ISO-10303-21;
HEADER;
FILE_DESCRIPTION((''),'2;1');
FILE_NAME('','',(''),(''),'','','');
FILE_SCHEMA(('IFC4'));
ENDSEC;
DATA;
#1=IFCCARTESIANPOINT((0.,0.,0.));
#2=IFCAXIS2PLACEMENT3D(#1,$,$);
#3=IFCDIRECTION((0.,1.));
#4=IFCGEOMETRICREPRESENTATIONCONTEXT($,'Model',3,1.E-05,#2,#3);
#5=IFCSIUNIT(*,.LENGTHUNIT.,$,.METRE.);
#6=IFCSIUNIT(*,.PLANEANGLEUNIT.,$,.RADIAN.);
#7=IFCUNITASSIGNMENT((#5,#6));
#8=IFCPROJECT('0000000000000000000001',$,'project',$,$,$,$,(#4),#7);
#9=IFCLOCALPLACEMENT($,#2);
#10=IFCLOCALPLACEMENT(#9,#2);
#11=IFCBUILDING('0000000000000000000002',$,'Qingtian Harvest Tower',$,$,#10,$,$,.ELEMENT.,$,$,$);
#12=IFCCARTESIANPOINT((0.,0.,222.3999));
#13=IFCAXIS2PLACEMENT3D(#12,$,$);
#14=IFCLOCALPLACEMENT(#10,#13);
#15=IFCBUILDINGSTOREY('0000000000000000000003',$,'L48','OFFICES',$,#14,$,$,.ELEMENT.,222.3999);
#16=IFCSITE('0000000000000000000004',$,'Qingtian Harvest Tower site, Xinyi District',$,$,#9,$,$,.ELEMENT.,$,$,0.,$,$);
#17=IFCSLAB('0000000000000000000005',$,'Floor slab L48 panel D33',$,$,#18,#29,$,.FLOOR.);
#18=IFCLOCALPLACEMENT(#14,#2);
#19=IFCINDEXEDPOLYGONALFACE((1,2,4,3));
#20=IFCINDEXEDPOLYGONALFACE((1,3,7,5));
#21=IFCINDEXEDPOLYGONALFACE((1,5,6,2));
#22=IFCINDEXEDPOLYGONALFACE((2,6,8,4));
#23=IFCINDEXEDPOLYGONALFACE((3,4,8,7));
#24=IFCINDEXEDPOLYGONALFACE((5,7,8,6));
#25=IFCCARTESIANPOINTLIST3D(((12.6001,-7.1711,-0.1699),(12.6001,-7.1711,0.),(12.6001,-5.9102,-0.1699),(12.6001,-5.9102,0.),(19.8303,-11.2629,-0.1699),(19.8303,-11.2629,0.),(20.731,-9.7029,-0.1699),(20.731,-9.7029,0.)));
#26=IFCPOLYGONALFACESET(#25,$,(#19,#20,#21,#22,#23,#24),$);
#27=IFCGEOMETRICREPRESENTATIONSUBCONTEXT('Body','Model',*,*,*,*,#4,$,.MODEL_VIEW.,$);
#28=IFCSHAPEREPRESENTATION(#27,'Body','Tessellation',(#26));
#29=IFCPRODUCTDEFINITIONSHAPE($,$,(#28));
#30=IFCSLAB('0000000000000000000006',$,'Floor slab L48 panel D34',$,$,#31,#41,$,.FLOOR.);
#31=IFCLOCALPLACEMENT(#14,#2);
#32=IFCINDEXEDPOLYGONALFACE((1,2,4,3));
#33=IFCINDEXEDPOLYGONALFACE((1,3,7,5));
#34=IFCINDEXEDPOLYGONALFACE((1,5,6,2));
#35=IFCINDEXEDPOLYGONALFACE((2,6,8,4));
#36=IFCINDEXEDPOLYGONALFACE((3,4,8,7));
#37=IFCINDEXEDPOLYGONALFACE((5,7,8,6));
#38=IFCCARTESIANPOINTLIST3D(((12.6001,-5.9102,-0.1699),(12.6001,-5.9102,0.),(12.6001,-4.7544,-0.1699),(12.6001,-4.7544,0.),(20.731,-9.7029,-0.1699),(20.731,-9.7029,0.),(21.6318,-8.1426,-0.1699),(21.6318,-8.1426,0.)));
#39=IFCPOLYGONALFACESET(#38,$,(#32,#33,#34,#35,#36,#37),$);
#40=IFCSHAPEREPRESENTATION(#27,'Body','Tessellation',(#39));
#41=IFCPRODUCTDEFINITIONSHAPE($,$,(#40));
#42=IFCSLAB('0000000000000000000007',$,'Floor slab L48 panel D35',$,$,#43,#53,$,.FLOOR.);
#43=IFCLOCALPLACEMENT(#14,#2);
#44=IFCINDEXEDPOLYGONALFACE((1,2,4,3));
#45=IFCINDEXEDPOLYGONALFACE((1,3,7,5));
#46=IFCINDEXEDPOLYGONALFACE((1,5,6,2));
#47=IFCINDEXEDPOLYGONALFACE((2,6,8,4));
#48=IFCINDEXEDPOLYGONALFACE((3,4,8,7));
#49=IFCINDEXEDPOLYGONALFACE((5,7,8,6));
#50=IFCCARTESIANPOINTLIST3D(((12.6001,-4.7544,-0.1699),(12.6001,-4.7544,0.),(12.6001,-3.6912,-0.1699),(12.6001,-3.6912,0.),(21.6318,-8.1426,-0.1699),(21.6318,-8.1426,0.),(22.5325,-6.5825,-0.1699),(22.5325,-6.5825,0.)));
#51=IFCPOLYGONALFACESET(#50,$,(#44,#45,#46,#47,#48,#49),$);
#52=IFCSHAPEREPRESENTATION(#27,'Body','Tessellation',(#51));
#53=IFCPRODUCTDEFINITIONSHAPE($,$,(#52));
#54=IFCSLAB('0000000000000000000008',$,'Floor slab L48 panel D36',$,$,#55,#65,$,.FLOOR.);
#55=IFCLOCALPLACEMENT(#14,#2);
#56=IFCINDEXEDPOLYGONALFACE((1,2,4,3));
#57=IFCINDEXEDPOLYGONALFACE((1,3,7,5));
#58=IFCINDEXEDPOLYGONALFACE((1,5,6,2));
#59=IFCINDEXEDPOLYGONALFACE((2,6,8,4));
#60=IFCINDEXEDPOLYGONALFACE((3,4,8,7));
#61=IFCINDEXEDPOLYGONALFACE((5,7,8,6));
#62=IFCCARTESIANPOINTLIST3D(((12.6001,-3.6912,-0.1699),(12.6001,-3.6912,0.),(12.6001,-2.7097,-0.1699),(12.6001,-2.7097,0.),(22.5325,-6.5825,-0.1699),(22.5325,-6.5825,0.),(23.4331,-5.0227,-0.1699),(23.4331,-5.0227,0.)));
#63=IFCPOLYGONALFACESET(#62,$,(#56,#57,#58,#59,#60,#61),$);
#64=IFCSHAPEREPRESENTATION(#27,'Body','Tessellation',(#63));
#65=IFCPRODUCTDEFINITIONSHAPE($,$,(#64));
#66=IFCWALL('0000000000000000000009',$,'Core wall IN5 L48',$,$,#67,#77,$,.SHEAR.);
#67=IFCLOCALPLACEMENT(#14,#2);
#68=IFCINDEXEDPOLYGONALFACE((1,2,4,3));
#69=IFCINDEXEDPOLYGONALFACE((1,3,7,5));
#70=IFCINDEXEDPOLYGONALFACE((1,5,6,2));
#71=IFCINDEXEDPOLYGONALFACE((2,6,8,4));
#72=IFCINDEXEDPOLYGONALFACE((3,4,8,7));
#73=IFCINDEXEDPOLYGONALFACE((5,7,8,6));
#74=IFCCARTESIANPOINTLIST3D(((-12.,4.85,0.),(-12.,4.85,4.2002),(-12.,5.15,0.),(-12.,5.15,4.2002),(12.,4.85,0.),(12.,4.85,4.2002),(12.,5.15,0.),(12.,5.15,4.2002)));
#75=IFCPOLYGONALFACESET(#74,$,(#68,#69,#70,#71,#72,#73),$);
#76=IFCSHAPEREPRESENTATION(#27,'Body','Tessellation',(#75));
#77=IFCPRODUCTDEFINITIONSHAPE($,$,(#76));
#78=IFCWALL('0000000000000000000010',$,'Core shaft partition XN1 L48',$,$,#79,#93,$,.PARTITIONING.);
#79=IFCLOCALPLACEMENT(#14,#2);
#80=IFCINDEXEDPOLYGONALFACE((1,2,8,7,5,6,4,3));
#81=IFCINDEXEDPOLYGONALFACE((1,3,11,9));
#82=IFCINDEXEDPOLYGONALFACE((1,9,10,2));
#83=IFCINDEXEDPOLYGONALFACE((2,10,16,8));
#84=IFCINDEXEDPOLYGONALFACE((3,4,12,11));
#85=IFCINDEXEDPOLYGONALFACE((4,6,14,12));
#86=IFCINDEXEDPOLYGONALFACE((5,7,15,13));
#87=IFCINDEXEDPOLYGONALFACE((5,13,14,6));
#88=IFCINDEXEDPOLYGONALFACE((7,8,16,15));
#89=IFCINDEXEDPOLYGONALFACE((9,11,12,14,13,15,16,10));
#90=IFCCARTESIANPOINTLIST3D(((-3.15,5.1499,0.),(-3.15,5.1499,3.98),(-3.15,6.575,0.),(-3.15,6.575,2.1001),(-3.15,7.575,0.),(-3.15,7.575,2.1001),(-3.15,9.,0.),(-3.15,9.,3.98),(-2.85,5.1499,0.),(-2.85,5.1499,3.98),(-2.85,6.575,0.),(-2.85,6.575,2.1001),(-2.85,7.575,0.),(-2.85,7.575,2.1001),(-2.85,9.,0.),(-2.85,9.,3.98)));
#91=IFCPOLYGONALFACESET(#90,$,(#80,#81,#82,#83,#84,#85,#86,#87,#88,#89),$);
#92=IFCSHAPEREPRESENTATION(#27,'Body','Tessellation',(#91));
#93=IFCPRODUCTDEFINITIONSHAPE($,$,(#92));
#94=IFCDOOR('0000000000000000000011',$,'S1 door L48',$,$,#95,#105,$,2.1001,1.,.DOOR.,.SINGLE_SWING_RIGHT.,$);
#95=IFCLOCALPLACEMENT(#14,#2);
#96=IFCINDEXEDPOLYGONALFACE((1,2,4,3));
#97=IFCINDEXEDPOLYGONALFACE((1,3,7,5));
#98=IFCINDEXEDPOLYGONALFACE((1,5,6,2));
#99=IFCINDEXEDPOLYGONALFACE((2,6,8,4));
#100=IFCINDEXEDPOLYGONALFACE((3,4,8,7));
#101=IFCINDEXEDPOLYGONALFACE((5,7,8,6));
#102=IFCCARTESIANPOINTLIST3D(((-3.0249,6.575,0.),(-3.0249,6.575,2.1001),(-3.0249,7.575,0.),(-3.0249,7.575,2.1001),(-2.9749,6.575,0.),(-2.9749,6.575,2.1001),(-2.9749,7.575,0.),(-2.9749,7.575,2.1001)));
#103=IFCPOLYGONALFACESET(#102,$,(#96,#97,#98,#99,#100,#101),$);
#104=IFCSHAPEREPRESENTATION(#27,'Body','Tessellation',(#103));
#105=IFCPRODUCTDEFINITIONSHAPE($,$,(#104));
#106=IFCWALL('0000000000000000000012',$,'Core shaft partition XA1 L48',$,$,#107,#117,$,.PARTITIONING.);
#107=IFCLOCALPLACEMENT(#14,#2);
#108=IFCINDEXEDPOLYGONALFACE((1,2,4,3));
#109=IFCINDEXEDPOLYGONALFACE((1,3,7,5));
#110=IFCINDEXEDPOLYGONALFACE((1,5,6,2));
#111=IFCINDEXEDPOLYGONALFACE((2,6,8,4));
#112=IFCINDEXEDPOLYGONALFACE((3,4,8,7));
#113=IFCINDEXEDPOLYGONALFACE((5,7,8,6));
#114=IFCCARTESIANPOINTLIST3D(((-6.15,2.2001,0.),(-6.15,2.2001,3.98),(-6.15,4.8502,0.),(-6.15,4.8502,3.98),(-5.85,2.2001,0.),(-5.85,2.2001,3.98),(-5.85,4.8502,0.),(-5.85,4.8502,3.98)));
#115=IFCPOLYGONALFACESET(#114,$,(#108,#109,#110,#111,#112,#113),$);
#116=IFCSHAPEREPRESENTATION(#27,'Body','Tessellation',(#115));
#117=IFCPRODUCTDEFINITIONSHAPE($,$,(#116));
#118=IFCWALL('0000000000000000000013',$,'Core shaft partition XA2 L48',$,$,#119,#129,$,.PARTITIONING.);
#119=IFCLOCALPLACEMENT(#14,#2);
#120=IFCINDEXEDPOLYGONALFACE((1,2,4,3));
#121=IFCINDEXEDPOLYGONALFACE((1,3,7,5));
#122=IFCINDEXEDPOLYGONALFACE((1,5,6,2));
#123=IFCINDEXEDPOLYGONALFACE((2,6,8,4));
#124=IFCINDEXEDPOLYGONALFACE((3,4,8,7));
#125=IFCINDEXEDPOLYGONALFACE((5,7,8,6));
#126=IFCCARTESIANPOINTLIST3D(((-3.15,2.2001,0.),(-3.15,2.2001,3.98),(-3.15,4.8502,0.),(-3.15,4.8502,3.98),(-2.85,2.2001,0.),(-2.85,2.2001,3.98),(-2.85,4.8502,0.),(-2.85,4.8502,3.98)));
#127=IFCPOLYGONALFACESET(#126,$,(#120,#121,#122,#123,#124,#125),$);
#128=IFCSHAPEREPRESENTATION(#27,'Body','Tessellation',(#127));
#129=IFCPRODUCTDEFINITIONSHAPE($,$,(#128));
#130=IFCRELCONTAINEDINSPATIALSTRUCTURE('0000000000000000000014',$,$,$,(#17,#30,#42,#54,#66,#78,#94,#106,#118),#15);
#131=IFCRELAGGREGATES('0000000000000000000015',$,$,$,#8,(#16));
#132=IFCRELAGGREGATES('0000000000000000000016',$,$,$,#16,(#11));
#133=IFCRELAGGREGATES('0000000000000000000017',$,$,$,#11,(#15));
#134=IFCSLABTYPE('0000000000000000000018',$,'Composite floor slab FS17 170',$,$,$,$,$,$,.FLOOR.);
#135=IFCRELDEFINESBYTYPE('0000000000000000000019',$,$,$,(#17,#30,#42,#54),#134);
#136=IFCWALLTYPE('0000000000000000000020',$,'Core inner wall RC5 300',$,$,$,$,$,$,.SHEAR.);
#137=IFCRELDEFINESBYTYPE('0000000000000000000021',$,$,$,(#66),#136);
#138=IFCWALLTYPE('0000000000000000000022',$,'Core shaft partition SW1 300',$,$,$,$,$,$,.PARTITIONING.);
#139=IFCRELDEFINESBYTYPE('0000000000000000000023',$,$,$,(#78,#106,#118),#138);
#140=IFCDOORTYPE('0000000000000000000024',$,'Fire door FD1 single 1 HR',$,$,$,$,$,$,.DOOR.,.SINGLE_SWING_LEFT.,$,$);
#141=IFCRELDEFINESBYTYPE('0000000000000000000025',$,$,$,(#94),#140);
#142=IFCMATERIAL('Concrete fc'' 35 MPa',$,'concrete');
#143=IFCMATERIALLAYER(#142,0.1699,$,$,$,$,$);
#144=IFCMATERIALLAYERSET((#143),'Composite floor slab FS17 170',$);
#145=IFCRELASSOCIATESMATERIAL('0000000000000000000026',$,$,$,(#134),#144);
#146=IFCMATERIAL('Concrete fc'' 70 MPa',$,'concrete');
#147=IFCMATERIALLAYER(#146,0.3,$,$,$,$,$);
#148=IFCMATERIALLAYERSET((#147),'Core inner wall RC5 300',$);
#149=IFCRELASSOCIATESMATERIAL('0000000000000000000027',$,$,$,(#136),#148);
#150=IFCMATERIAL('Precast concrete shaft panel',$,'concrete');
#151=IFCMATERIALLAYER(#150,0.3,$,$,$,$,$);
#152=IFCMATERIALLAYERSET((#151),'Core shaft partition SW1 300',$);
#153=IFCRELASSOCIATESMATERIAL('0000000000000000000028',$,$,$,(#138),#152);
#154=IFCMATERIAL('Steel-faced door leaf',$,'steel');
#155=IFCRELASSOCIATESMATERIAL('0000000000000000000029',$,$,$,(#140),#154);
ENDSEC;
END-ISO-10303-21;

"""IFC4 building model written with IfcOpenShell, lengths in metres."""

from ifc_helpers import new_model, si_unit, direction, frame, frame_2d, origin, place, context, subcontext, project, spatial, polyline, rectangle, outline, extrude, material, layer, layer_set, type_object, element, fill, save


model = new_model("IFC4")

# Units and contexts
model_context = context("Model", 3, precision=1e-05, world=origin(), true_north=direction((0.0, 1.0)))
body_context = subcontext(model_context, "Body", "Model", "MODEL_VIEW")
ifc_project = project(units=[si_unit("LENGTHUNIT", "METRE"), si_unit("PLANEANGLEUNIT", "RADIAN")], contexts=[model_context])

# Site, building, storey
site_placement = place(None, origin())
site = spatial("IfcSite", under=ifc_project, at=site_placement, Name="Qingtian Harvest Tower site, Xinyi District", CompositionType="ELEMENT", RefElevation=0.0)
building_placement = place(site_placement, origin())
building = spatial("IfcBuilding", under=site, at=building_placement, Name="Qingtian Harvest Tower", CompositionType="ELEMENT")
storey_placement = place(building_placement, frame((0.0, 0.0, 222.3999)))
storey = spatial("IfcBuildingStorey", under=building, at=storey_placement, Name="L48", Description="OFFICES", CompositionType="ELEMENT", Elevation=222.3999)

# Slabs
ifc_material_1 = material(Name="Concrete fc' 35 MPa", Category="concrete")
ifc_layer_1 = layer(ifc_material_1, 0.1699)
ifc_layer_set_1 = layer_set([ifc_layer_1], Name="Composite floor slab FS17 170")
slab_type = type_object("IfcSlabType", Name="Composite floor slab FS17 170", PredefinedType="FLOOR", material=ifc_layer_set_1)
slab_1_placement = place(storey_placement, frame((0.0, 0.0, -0.1699)))
element("IfcSlab", 1, at=slab_1_placement, inside=storey, type_object=slab_type, Name="Floor slab L48 panel D33", PredefinedType="FLOOR", context=body_context, shape_type="SweptSolid", body=[
    extrude(outline(polyline([(12.6001, -5.9102), (20.731, -9.7029), (19.8303, -11.2629), (12.6001, -7.1711), (12.6001, -5.9102)])), origin(), (0.0, 0.0, 1.0), 0.1699),
])
slab_2_placement = place(storey_placement, frame((0.0, 0.0, -0.1699)))
element("IfcSlab", 2, at=slab_2_placement, inside=storey, type_object=slab_type, Name="Floor slab L48 panel D34", PredefinedType="FLOOR", context=body_context, shape_type="SweptSolid", body=[
    extrude(outline(polyline([(12.6001, -4.7544), (21.6318, -8.1426), (20.731, -9.7029), (12.6001, -5.9102), (12.6001, -4.7544)])), origin(), (0.0, 0.0, 1.0), 0.1699),
])
slab_3_placement = place(storey_placement, frame((0.0, 0.0, -0.1699)))
element("IfcSlab", 3, at=slab_3_placement, inside=storey, type_object=slab_type, Name="Floor slab L48 panel D35", PredefinedType="FLOOR", context=body_context, shape_type="SweptSolid", body=[
    extrude(outline(polyline([(12.6001, -3.6912), (22.5325, -6.5825), (21.6318, -8.1426), (12.6001, -4.7544), (12.6001, -3.6912)])), origin(), (0.0, 0.0, 1.0), 0.1699),
])
slab_4_placement = place(storey_placement, frame((0.0, 0.0, -0.1699)))
element("IfcSlab", 4, at=slab_4_placement, inside=storey, type_object=slab_type, Name="Floor slab L48 panel D36", PredefinedType="FLOOR", context=body_context, shape_type="SweptSolid", body=[
    extrude(outline(polyline([(12.6001, -2.7097), (23.4331, -5.0227), (22.5325, -6.5825), (12.6001, -3.6912), (12.6001, -2.7097)])), origin(), (0.0, 0.0, 1.0), 0.1699),
])

# Wall
ifc_material_2 = material(Name="Concrete fc' 70 MPa", Category="concrete")
ifc_layer_2 = layer(ifc_material_2, 0.3)
ifc_layer_set_2 = layer_set([ifc_layer_2], Name="Core inner wall RC5 300")
wall_type_1 = type_object("IfcWallType", Name="Core inner wall RC5 300", PredefinedType="SHEAR", material=ifc_layer_set_2)
wall_1_placement = place(storey_placement, frame((-12.0, 5.0, 0.0), z_axis=(0.0, 0.0, 1.0), x_axis=(1.0, 0.0, 0.0)))
element("IfcWall", 5, at=wall_1_placement, inside=storey, type_object=wall_type_1, Name="Core wall IN5 L48", PredefinedType="SHEAR", context=body_context, shape_type="SweptSolid", body=[
    extrude(rectangle(XDim=24.0, YDim=0.3, at=frame_2d((12.0, 0.0))), origin(), (0.0, 0.0, 1.0), 4.2002),
])

# Wall, opening, door
ifc_material_3 = material(Name="Precast concrete shaft panel", Category="concrete")
ifc_layer_3 = layer(ifc_material_3, 0.3)
ifc_layer_set_3 = layer_set([ifc_layer_3], Name="Core shaft partition SW1 300")
wall_type_2 = type_object("IfcWallType", Name="Core shaft partition SW1 300", PredefinedType="PARTITIONING", material=ifc_layer_set_3)
wall_2_placement = place(storey_placement, frame((-3.0, 5.1499, 0.0), z_axis=(0.0, 0.0, 1.0), x_axis=(0.0, 1.0, 0.0)))
wall_2 = element("IfcWall", 6, at=wall_2_placement, inside=storey, type_object=wall_type_2, Name="Core shaft partition XN1 L48", PredefinedType="PARTITIONING", context=body_context, shape_type="SweptSolid", body=[
    extrude(rectangle(XDim=3.8501, YDim=0.3, at=frame_2d((1.925, 0.0))), origin(), (0.0, 0.0, 1.0), 3.98),
])
opening_1_placement = place(wall_2_placement, frame((1.425, 0.0, 0.0)))
opening_1 = element("IfcOpeningElement", 7, at=opening_1_placement, cuts=wall_2, PredefinedType="OPENING", context=body_context, shape_type="SweptSolid", body=[
    extrude(rectangle(XDim=1.0, YDim=2.1001, at=frame_2d((0.5, 1.05))), frame((0.0, 0.1599, 0.0), z_axis=(0.0, -1.0, 0.0), x_axis=(1.0, 0.0, 0.0)), (0.0, 0.0, 1.0), 0.3201),
])
ifc_material_4 = material(Name="Steel-faced door leaf", Category="steel")
door_type_1 = type_object("IfcDoorType", Name="Fire door FD1 single 1 HR", OperationType="SINGLE_SWING_LEFT", PredefinedType="DOOR", material=ifc_material_4)
door_1_placement = place(opening_1_placement, origin())
door_1 = element("IfcDoor", 8, at=door_1_placement, inside=storey, type_object=door_type_1, Name="S1 door L48", OperationType="SINGLE_SWING_RIGHT", OverallHeight=2.1001, OverallWidth=1.0, PredefinedType="DOOR", context=body_context, shape_type="SweptSolid", body=[
    extrude(rectangle(XDim=1.0, YDim=2.1001, at=frame_2d((0.5, 1.05))), frame((0.0, 0.0249, 0.0), z_axis=(0.0, -1.0, 0.0), x_axis=(1.0, 0.0, 0.0)), (0.0, 0.0, 1.0), 0.05),
])
fill(opening_1, door_1)

# Walls
for number, where, z_axis, x_axis, name in (
    (9, (-6.0, 2.2, 0.0), (0.0, 0.0, 1.0), (0.0, 1.0, 0.0), "Core shaft partition XA1 L48"),
    (10, (-3.0, 2.2, 0.0), (0.0, 0.0, 1.0), (0.0, 1.0, 0.0), "Core shaft partition XA2 L48"),
):
    element("IfcWall", number, at=place(storey_placement, frame(where, z_axis=z_axis, x_axis=x_axis)), inside=storey, type_object=wall_type_2, Name=name, PredefinedType="PARTITIONING", context=body_context, shape_type="SweptSolid", body=[
        extrude(rectangle(XDim=2.6501, YDim=0.3, at=frame_2d((1.3252, 0.0))), origin(), (0.0, 0.0, 1.0), 3.98),
    ])

save(model, "model.ifc")
